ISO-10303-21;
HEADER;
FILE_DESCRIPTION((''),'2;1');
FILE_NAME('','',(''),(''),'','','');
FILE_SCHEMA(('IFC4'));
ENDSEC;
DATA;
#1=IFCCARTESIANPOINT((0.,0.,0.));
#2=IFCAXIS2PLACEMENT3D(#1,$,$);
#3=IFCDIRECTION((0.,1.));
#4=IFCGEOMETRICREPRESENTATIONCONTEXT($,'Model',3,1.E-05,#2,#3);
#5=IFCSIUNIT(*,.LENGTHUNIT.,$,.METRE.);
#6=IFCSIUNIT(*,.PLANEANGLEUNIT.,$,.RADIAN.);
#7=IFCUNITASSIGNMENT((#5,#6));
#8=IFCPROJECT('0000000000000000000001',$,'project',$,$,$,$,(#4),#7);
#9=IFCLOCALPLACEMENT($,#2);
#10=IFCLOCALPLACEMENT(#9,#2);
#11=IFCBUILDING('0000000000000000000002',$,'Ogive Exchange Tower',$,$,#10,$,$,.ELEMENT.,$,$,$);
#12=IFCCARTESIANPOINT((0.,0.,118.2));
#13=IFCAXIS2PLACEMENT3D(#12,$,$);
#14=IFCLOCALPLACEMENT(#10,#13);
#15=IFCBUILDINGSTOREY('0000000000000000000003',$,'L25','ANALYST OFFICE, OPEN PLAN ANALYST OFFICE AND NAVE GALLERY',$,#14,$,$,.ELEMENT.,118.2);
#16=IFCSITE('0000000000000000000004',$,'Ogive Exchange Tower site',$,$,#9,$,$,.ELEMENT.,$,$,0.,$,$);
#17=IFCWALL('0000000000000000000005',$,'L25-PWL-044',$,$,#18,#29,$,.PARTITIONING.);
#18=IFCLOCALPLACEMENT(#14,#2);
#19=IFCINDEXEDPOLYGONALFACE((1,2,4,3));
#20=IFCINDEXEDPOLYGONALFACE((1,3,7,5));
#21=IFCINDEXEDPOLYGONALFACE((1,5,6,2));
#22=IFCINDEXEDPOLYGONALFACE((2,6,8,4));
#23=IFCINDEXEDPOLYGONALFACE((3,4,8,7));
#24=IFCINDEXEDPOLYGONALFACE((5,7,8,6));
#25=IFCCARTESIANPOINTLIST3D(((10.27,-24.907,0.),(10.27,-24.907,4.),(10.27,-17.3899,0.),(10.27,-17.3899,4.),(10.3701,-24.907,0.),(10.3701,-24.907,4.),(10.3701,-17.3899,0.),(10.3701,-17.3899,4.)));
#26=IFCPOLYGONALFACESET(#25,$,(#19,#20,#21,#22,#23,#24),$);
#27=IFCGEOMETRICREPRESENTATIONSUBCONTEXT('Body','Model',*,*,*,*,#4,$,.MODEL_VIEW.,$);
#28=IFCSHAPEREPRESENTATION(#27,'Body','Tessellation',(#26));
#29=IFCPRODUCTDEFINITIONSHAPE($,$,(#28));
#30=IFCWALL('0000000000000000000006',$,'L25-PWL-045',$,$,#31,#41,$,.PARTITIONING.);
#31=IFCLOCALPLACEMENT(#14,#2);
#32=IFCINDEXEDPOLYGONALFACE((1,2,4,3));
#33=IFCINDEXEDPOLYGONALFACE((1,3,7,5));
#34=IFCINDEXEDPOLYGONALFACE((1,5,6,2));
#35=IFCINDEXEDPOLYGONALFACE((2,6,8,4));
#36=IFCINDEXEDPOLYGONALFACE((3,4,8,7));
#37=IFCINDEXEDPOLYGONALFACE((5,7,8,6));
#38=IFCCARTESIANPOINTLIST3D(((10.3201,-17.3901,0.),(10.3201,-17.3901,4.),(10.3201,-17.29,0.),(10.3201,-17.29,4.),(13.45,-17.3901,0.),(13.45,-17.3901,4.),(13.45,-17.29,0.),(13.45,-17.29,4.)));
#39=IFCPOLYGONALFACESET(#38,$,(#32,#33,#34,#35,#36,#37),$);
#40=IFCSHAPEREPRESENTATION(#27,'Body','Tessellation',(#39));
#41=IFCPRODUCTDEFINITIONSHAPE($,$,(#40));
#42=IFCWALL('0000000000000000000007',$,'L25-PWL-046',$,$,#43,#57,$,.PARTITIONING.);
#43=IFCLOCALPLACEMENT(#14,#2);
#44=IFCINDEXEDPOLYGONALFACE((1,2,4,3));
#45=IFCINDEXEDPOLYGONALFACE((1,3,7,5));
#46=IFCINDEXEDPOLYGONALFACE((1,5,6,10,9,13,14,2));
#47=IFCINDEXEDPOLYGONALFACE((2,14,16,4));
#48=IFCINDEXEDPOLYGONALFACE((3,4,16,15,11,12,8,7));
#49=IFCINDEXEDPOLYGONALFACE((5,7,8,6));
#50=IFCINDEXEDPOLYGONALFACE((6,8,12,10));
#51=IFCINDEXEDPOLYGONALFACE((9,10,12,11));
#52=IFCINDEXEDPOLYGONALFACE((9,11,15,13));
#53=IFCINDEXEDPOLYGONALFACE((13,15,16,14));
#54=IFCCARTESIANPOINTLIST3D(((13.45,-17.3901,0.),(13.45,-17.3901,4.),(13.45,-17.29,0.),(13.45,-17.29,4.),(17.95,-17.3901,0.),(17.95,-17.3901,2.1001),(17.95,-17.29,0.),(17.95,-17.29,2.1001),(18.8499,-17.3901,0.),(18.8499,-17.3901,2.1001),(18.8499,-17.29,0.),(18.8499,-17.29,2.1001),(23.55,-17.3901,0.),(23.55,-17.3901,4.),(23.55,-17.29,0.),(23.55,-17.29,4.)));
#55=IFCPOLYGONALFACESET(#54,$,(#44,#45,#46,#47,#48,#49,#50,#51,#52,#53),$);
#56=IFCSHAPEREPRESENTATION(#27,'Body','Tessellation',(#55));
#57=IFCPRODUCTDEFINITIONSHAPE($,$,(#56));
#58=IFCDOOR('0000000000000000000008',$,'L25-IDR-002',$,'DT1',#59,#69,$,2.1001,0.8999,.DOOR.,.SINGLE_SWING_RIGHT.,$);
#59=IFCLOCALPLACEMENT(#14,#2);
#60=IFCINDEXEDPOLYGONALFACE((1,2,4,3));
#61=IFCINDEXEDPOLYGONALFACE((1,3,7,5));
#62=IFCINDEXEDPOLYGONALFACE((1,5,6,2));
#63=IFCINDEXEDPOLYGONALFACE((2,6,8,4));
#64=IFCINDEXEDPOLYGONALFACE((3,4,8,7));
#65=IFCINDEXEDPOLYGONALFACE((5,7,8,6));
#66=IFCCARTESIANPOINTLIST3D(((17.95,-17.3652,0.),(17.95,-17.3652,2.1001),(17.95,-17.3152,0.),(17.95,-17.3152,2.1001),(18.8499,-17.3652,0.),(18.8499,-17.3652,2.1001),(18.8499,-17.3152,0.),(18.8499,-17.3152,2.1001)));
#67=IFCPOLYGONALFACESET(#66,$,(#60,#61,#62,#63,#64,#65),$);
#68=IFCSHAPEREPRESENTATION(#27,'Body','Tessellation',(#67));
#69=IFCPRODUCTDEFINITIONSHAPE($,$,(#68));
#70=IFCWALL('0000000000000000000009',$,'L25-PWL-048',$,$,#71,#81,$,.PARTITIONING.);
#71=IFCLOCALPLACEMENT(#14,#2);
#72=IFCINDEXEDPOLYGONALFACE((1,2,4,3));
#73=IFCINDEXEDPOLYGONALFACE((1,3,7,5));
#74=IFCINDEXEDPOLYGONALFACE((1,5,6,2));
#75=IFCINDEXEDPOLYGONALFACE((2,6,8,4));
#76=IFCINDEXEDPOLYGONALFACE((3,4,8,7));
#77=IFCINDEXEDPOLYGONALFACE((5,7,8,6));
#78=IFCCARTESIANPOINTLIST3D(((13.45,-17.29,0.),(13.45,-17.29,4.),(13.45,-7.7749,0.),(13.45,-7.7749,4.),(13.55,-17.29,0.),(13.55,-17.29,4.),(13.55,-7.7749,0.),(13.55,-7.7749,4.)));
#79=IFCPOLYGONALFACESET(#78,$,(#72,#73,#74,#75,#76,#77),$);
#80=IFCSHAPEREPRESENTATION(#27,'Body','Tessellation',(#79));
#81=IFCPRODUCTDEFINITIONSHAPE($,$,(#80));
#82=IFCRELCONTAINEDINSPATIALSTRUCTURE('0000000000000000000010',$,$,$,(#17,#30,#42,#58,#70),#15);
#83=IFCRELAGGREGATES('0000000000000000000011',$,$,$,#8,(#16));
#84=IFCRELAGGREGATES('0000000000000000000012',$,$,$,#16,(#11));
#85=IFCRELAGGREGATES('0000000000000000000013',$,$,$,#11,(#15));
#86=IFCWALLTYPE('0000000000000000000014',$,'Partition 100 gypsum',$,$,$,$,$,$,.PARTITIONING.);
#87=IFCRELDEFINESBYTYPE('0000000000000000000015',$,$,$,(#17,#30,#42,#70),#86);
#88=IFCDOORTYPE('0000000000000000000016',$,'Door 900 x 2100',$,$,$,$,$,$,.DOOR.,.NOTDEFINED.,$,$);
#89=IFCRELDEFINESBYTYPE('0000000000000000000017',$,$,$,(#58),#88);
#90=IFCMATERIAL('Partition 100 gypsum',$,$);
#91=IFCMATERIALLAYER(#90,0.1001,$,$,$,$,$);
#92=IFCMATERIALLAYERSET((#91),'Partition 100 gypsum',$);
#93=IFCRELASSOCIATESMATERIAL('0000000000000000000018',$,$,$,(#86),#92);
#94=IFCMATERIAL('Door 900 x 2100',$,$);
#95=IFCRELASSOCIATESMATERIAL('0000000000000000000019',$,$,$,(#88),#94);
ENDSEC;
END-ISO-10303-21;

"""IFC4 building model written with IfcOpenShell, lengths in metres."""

from ifc_helpers import new_model, si_unit, direction, frame, frame_2d, origin, place, context, subcontext, project, spatial, rectangle, extrude, material, layer, layer_set, type_object, element, fill, save


model = new_model("IFC4")

# Units and contexts
model_context = context("Model", 3, precision=1e-05, world=origin(), true_north=direction((0.0, 1.0)))
body_context = subcontext(model_context, "Body", "Model", "MODEL_VIEW")
ifc_project = project(units=[si_unit("LENGTHUNIT", "METRE"), si_unit("PLANEANGLEUNIT", "RADIAN")], contexts=[model_context])

# Site, building, storey
site_placement = place(None, origin())
site = spatial("IfcSite", under=ifc_project, at=site_placement, Name="Ogive Exchange Tower site", CompositionType="ELEMENT", RefElevation=0.0)
building_placement = place(site_placement, origin())
building = spatial("IfcBuilding", under=site, at=building_placement, Name="Ogive Exchange Tower", CompositionType="ELEMENT")
storey_placement = place(building_placement, frame((0.0, 0.0, 118.2)))
storey = spatial("IfcBuildingStorey", under=building, at=storey_placement, Name="L25", Description="ANALYST OFFICE, OPEN PLAN ANALYST OFFICE AND NAVE GALLERY", CompositionType="ELEMENT", Elevation=118.2)

# Walls
ifc_material_1 = material(Name="Partition 100 gypsum")
ifc_layer_1 = layer(ifc_material_1, 0.1001)
ifc_layer_set_1 = layer_set([ifc_layer_1], Name="Partition 100 gypsum")
wall_type_1 = type_object("IfcWallType", Name="Partition 100 gypsum", PredefinedType="PARTITIONING", material=ifc_layer_set_1)
wall_1_placement = place(storey_placement, frame((10.3201, -17.3899, 0.0), z_axis=(0.0, 0.0, 1.0), x_axis=(0.0, -1.0, 0.0)))
element("IfcWall", 1, at=wall_1_placement, inside=storey, type_object=wall_type_1, Name="L25-PWL-044", PredefinedType="PARTITIONING", context=body_context, shape_type="SweptSolid", body=[
    extrude(rectangle(XDim=7.5171, YDim=0.1001, at=frame_2d((3.7585, 0.0))), origin(), (0.0, 0.0, 1.0), 4.0),
])
wall_2_placement = place(storey_placement, frame((10.3201, -17.3401, 0.0), z_axis=(0.0, 0.0, 1.0), x_axis=(1.0, 0.0, 0.0)))
element("IfcWall", 2, at=wall_2_placement, inside=storey, type_object=wall_type_1, Name="L25-PWL-045", PredefinedType="PARTITIONING", context=body_context, shape_type="SweptSolid", body=[
    extrude(rectangle(XDim=3.1299, YDim=0.1001, at=frame_2d((1.5649, 0.0))), origin(), (0.0, 0.0, 1.0), 4.0),
])

# Wall, opening, door
wall_3_placement = place(storey_placement, frame((13.45, -17.3401, 0.0), z_axis=(0.0, 0.0, 1.0), x_axis=(1.0, 0.0, 0.0)))
wall_3 = element("IfcWall", 3, at=wall_3_placement, inside=storey, type_object=wall_type_1, Name="L25-PWL-046", PredefinedType="PARTITIONING", context=body_context, shape_type="SweptSolid", body=[
    extrude(rectangle(XDim=10.1001, YDim=0.1001, at=frame_2d((5.05, 0.0))), origin(), (0.0, 0.0, 1.0), 4.0),
])
opening_placement = place(wall_3_placement, frame((4.5, 0.0, 0.0)))
opening = element("IfcOpeningElement", 4, at=opening_placement, cuts=wall_3, PredefinedType="OPENING", context=body_context, shape_type="SweptSolid", body=[
    extrude(rectangle(XDim=0.8999, YDim=2.1001, at=frame_2d((0.45, 1.05))), frame((0.0, 0.0601, 0.0), z_axis=(0.0, -1.0, 0.0), x_axis=(1.0, 0.0, 0.0)), (0.0, 0.0, 1.0), 0.1201),
])
ifc_material_2 = material(Name="Door 900 x 2100")
door_type = type_object("IfcDoorType", Name="Door 900 x 2100", OperationType="NOTDEFINED", PredefinedType="DOOR", material=ifc_material_2)
door_placement = place(opening_placement, origin())
door = element("IfcDoor", 5, at=door_placement, inside=storey, type_object=door_type, Name="L25-IDR-002", ObjectType="DT1", OperationType="SINGLE_SWING_RIGHT", OverallHeight=2.1001, OverallWidth=0.8999, PredefinedType="DOOR", context=body_context, shape_type="SweptSolid", body=[
    extrude(rectangle(XDim=0.8999, YDim=2.1001, at=frame_2d((0.45, 1.05))), frame((0.0, 0.0249, 0.0), z_axis=(0.0, -1.0, 0.0), x_axis=(1.0, 0.0, 0.0)), (0.0, 0.0, 1.0), 0.05),
])
fill(opening, door)

# Wall
wall_4_placement = place(storey_placement, frame((13.5, -7.7749, 0.0), z_axis=(0.0, 0.0, 1.0), x_axis=(0.0, -1.0, 0.0)))
element("IfcWall", 6, at=wall_4_placement, inside=storey, type_object=wall_type_1, Name="L25-PWL-048", PredefinedType="PARTITIONING", context=body_context, shape_type="SweptSolid", body=[
    extrude(rectangle(XDim=9.5151, YDim=0.1001, at=frame_2d((4.7576, 0.0))), origin(), (0.0, 0.0, 1.0), 4.0),
])

save(model, "model.ifc")
